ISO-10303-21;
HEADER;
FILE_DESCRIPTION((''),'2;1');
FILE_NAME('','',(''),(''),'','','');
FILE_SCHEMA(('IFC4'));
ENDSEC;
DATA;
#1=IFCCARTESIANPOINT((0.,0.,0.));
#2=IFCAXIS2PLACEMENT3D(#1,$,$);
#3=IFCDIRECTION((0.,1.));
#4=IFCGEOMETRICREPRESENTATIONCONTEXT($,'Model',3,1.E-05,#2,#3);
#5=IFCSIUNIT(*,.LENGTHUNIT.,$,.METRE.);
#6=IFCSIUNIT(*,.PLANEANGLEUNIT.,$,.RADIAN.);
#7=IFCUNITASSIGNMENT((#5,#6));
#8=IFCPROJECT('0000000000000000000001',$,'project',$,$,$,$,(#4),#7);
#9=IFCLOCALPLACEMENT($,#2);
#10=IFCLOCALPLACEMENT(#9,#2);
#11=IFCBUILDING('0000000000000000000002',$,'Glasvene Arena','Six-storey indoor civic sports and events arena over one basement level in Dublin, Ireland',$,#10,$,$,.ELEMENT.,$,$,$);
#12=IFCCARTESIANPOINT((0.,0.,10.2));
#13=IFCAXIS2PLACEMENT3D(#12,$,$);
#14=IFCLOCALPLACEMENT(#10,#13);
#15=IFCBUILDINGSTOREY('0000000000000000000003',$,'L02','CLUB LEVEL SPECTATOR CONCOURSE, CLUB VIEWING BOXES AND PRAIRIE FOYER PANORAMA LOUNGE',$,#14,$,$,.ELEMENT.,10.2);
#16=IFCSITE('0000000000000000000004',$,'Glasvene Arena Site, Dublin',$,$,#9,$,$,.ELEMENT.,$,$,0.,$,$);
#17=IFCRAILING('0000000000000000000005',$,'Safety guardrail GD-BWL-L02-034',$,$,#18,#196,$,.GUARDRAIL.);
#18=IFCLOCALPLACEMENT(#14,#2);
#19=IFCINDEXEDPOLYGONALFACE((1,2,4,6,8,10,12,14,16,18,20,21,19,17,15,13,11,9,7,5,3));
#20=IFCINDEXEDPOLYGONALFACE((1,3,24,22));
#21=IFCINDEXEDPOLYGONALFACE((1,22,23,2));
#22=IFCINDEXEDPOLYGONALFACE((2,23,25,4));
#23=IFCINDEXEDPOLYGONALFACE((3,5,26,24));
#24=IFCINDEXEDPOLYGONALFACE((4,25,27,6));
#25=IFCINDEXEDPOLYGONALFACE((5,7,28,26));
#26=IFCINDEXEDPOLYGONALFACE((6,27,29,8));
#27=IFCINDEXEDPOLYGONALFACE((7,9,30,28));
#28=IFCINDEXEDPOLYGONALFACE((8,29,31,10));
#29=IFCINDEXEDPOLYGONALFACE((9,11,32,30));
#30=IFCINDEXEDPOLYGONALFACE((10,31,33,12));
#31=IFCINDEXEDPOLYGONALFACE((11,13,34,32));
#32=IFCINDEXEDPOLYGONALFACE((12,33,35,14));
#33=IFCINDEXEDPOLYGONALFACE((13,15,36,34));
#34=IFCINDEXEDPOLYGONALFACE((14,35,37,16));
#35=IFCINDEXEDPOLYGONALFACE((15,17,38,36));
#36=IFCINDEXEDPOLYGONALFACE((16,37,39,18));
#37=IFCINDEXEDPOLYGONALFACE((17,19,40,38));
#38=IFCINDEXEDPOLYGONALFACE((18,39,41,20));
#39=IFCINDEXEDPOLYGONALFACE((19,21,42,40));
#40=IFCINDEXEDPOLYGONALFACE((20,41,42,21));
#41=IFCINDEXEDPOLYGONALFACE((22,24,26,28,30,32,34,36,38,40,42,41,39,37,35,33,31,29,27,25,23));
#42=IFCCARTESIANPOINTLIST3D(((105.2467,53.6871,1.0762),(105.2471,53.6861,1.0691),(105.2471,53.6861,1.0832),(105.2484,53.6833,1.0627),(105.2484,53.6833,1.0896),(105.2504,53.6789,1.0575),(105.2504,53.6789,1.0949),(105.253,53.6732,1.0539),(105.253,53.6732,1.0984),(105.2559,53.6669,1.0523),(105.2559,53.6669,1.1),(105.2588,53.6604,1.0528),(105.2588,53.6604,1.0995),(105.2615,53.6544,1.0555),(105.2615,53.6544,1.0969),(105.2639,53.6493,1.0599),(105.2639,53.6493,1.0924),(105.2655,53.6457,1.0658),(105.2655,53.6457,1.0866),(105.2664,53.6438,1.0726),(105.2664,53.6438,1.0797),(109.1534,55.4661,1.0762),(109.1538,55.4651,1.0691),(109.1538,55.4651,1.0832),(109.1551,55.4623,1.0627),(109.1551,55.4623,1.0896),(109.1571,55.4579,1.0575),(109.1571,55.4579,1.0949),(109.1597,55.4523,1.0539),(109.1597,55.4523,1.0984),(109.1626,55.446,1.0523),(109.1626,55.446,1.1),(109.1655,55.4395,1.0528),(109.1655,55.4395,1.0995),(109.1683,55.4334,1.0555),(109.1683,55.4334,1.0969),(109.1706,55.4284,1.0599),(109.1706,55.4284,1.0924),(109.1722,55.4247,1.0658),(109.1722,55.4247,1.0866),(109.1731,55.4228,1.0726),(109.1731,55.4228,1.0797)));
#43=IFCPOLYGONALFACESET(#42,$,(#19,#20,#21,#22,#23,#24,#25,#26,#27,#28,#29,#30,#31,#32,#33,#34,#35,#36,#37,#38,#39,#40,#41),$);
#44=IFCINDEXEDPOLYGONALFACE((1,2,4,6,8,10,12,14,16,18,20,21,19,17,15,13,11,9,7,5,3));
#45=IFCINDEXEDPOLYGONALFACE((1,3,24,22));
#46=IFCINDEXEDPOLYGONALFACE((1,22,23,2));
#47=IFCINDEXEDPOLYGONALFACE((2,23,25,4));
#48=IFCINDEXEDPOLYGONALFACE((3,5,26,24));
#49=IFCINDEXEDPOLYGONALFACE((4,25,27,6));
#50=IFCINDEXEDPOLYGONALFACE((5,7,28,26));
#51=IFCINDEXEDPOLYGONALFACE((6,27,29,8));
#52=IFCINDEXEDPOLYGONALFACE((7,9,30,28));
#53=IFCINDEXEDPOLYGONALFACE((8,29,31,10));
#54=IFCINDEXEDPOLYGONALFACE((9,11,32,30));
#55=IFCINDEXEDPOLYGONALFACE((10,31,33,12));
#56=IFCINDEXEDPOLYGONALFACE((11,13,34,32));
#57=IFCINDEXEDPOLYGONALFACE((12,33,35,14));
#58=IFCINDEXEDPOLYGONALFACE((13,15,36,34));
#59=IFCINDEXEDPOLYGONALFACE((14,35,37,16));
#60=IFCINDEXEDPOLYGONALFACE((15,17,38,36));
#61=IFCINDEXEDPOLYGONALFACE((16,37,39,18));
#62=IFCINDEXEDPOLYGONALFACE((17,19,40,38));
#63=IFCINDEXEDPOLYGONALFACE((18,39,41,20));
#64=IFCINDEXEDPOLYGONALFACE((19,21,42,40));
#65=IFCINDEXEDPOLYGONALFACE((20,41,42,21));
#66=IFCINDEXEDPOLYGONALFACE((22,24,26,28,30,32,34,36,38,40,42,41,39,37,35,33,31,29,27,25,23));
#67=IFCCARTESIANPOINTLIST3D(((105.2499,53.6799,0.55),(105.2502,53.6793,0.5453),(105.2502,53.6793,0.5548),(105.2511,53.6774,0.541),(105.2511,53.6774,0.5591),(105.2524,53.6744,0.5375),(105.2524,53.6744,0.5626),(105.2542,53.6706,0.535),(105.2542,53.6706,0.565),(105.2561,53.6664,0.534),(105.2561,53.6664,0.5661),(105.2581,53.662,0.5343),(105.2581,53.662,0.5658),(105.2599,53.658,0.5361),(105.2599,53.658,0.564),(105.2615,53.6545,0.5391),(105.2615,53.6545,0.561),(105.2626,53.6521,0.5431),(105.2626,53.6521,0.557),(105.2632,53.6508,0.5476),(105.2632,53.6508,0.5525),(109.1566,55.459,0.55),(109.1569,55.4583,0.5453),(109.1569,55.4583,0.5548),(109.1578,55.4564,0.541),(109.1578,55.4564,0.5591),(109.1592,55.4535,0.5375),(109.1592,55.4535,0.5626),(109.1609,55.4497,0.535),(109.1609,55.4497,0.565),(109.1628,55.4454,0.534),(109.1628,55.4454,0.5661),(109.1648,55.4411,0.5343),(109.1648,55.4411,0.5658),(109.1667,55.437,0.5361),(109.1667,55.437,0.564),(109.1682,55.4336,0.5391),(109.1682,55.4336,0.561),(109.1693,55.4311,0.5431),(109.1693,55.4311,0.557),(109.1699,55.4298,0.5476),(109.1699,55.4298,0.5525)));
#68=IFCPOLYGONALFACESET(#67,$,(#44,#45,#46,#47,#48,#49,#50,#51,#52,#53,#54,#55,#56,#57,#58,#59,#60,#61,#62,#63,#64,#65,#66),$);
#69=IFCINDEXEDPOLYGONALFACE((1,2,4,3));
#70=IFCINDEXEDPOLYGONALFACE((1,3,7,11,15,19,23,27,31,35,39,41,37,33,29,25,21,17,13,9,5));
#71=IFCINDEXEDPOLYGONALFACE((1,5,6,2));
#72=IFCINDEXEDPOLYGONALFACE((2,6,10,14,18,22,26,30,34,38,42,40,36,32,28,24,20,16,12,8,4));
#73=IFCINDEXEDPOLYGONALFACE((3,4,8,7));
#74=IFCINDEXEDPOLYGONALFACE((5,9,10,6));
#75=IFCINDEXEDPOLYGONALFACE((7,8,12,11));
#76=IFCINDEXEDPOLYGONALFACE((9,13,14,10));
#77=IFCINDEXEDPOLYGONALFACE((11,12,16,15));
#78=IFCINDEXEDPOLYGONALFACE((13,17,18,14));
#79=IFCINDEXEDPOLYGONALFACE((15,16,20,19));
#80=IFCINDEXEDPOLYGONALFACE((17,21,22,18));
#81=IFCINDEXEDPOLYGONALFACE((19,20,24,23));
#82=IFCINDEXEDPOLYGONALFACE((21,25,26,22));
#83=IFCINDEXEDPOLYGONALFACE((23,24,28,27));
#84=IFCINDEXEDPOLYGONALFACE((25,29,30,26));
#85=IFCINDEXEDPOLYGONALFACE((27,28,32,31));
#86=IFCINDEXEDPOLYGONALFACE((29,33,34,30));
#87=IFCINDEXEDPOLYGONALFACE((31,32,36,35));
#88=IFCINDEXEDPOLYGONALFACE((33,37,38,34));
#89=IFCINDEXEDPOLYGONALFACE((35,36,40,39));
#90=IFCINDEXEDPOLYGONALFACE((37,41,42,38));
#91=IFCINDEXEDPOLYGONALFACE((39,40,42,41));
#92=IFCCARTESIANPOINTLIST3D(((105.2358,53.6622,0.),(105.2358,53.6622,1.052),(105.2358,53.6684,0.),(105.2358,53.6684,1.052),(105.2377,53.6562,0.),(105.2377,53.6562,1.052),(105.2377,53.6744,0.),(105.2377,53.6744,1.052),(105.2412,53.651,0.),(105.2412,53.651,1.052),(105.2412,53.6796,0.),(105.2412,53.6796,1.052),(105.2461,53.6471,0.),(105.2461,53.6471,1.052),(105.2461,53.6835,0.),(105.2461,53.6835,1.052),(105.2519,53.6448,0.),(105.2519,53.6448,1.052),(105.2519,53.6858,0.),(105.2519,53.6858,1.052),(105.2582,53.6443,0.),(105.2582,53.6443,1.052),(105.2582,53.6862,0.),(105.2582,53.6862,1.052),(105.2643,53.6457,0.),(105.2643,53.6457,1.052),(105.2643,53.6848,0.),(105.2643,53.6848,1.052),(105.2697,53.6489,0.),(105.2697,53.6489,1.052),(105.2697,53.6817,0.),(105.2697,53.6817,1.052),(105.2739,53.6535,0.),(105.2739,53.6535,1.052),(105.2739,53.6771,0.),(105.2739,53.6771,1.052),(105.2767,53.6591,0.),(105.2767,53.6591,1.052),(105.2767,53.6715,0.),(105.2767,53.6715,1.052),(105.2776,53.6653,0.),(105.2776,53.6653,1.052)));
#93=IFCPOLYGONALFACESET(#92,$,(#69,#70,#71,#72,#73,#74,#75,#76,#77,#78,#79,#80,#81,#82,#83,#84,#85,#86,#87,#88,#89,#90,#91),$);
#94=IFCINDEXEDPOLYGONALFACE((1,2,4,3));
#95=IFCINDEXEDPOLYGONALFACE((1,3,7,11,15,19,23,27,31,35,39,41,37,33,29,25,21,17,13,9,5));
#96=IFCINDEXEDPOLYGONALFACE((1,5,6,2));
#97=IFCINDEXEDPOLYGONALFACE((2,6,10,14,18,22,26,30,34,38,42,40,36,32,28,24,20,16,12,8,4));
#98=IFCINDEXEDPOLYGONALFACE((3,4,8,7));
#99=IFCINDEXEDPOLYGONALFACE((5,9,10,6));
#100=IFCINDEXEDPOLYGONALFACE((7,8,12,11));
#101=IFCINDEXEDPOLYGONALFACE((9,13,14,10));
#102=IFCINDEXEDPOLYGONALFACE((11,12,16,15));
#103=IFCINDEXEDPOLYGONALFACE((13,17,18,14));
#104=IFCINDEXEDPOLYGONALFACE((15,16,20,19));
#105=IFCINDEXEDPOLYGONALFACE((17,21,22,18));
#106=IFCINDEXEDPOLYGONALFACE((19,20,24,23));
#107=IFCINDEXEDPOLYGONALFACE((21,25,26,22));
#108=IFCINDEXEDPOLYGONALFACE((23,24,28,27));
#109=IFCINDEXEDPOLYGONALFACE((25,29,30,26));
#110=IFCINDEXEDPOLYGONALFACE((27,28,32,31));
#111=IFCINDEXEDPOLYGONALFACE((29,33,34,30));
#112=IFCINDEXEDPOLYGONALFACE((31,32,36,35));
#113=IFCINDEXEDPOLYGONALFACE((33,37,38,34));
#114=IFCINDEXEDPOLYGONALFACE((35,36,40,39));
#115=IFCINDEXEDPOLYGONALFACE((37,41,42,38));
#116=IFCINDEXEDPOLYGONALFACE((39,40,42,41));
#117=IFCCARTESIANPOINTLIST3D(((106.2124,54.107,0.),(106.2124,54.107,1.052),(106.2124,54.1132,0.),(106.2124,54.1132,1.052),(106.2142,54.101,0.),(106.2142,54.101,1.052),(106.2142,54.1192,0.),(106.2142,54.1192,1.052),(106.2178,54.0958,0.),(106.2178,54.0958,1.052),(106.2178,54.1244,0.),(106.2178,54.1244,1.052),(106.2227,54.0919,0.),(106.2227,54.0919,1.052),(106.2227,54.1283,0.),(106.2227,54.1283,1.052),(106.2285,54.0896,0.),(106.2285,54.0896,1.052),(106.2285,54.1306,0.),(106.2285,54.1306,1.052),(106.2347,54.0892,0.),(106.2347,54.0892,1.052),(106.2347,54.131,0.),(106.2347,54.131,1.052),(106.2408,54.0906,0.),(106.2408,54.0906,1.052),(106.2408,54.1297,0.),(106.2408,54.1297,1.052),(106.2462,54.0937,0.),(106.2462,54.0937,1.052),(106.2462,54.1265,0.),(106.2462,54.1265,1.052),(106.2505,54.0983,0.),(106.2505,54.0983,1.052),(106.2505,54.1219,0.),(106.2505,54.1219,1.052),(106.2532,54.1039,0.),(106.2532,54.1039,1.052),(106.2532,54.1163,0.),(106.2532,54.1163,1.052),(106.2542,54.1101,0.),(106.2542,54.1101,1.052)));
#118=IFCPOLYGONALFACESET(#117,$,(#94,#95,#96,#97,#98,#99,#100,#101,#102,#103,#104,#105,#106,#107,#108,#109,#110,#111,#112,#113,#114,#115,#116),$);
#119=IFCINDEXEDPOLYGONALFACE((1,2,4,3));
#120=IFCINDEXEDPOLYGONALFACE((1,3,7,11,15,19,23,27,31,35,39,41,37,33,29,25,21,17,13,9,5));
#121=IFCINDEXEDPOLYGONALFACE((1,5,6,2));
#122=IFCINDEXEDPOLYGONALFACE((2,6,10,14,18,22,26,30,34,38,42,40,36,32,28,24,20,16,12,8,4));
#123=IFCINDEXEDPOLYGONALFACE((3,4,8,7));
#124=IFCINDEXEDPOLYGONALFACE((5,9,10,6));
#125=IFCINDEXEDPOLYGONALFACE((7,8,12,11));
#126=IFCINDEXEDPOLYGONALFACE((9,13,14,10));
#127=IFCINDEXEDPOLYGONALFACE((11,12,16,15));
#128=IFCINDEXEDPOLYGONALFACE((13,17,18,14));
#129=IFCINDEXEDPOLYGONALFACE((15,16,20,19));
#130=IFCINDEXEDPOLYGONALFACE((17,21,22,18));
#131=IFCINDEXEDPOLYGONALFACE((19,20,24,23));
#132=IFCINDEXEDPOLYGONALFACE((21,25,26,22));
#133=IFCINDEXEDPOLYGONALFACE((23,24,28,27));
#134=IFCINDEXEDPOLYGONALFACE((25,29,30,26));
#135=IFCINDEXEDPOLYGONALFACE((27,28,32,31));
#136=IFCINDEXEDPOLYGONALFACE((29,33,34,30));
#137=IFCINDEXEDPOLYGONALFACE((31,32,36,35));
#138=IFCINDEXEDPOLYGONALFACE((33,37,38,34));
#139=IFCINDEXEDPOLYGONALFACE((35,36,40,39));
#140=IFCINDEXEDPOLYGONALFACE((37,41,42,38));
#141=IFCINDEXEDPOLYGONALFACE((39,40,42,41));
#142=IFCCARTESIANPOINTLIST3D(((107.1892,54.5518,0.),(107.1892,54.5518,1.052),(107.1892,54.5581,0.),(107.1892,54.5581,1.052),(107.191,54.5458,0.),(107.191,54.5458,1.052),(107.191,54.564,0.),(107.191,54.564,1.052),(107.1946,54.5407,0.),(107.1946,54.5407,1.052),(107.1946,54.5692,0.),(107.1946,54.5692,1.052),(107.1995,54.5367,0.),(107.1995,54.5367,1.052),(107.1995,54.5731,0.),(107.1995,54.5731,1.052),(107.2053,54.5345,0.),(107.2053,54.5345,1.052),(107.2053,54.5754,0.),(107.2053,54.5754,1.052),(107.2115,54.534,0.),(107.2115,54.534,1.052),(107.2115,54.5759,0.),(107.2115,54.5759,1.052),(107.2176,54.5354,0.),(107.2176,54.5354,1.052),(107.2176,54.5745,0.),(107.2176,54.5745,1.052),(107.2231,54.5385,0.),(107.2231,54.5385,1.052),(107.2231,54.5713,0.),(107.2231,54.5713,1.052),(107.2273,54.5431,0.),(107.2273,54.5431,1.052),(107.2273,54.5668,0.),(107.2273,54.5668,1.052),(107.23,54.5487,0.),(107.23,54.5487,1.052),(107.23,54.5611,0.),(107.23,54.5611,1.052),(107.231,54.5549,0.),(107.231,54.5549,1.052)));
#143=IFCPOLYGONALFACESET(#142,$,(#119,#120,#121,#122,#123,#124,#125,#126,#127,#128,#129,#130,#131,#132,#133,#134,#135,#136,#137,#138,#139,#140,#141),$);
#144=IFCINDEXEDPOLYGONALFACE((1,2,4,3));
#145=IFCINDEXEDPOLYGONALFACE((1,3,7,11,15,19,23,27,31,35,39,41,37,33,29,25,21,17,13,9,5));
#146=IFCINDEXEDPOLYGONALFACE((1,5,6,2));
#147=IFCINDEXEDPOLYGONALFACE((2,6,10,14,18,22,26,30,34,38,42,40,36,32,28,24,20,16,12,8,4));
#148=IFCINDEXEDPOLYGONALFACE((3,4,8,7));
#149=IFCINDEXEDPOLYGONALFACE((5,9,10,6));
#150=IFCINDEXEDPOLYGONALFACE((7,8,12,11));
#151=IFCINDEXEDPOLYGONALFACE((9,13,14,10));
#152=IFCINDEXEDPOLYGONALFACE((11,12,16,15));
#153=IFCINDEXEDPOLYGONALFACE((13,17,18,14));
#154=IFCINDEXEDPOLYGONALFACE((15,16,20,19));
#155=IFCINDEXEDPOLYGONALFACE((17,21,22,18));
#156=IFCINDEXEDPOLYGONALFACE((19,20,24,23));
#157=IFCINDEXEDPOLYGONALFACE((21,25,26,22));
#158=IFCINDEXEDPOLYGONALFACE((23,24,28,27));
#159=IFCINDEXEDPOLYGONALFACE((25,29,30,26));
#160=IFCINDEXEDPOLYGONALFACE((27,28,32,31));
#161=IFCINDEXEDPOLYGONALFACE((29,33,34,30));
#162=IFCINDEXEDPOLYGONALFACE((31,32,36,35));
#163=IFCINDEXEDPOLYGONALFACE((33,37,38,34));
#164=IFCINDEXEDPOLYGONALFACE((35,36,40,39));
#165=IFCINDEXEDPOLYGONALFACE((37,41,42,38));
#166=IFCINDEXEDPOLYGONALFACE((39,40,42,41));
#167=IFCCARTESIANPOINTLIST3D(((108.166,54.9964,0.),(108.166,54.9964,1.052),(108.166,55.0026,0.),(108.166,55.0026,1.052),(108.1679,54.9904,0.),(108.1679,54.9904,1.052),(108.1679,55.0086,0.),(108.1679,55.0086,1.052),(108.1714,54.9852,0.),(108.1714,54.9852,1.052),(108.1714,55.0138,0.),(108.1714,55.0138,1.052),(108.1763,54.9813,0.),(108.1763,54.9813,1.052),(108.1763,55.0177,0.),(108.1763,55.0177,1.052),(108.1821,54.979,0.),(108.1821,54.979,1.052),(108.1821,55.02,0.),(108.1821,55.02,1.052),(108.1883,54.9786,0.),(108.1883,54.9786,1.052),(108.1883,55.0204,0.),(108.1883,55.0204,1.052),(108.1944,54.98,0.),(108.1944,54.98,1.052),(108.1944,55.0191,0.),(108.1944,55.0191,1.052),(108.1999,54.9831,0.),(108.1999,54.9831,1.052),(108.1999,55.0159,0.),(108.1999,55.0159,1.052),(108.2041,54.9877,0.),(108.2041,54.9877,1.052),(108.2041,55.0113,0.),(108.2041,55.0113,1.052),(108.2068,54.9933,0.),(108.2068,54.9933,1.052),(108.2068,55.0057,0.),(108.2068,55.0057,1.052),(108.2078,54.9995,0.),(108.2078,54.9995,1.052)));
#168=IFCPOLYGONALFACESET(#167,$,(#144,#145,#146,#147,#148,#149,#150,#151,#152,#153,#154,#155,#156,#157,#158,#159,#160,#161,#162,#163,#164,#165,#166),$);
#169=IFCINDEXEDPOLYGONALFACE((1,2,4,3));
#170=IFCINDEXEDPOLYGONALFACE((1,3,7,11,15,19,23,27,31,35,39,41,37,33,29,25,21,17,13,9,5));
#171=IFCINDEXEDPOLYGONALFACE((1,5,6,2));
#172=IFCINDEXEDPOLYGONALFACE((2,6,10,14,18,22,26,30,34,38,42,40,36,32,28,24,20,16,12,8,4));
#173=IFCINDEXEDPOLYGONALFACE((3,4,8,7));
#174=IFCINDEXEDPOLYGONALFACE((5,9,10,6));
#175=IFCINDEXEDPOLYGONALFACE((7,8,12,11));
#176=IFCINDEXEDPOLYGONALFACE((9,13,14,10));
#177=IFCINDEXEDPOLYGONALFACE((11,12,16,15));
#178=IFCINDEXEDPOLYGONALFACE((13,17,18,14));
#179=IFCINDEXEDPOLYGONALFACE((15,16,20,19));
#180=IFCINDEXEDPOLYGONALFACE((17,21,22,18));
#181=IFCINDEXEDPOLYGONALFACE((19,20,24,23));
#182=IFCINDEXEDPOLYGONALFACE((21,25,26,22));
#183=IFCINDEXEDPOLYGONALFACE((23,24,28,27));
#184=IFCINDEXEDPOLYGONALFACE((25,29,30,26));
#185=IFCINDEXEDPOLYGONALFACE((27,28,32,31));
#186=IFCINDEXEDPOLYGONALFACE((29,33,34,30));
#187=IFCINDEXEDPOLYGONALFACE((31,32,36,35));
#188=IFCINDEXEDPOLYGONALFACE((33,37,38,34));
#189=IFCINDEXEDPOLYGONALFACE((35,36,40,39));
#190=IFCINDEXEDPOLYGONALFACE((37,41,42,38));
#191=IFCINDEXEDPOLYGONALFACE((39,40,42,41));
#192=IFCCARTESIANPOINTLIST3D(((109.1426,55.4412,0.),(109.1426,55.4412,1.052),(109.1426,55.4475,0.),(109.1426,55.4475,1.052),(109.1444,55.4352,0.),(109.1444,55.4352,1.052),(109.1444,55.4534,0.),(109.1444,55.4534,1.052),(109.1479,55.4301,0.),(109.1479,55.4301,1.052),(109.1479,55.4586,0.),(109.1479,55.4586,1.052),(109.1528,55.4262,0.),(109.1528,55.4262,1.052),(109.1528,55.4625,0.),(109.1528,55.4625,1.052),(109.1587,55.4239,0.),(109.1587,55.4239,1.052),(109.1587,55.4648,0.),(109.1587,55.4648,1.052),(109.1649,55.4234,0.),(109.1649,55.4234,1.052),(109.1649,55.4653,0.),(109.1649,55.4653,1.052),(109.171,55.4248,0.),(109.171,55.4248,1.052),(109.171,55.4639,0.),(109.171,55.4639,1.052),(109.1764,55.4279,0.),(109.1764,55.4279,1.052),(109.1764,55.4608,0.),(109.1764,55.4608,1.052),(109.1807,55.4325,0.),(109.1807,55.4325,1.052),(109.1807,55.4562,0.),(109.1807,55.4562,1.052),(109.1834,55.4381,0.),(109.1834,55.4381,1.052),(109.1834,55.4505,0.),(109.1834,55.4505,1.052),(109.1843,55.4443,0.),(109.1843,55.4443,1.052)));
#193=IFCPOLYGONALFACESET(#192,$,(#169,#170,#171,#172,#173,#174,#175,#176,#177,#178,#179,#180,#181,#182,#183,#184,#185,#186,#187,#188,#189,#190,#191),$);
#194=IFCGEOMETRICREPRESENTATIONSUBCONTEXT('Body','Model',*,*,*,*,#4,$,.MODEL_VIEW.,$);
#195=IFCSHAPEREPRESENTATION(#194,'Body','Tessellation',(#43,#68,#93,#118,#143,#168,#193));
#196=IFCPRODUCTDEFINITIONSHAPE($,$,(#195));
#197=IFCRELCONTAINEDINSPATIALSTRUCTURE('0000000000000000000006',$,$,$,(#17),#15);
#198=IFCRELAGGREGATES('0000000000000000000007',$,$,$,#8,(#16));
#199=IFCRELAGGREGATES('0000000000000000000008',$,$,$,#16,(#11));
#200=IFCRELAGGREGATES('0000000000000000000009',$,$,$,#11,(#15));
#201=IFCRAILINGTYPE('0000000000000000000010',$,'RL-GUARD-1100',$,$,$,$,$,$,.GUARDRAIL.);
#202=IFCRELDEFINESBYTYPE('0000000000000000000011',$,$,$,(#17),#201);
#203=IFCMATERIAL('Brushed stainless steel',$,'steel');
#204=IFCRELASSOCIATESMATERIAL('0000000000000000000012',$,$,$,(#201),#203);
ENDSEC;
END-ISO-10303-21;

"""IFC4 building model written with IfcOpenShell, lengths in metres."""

from ifc_helpers import new_model, si_unit, direction, frame, origin, origin_2d, place, context, subcontext, project, spatial, circle, extrude, material, type_object, element, save


model = new_model("IFC4")

# Units and contexts
model_context = context("Model", 3, precision=1e-05, world=origin(), true_north=direction((0.0, 1.0)))
body_context = subcontext(model_context, "Body", "Model", "MODEL_VIEW")
ifc_project = project(units=[si_unit("LENGTHUNIT", "METRE"), si_unit("PLANEANGLEUNIT", "RADIAN")], contexts=[model_context])

# Site, building, storey
site_placement = place(None, origin())
site = spatial("IfcSite", under=ifc_project, at=site_placement, Name="Glasvene Arena Site, Dublin", CompositionType="ELEMENT", RefElevation=0.0)
building_placement = place(site_placement, origin())
building = spatial("IfcBuilding", under=site, at=building_placement, Name="Glasvene Arena", Description="Six-storey indoor civic sports and events arena over one basement level in Dublin, Ireland", CompositionType="ELEMENT")
storey_placement = place(building_placement, frame((0.0, 0.0, 10.2)))
storey = spatial("IfcBuildingStorey", under=building, at=storey_placement, Name="L02", Description="CLUB LEVEL SPECTATOR CONCOURSE, CLUB VIEWING BOXES AND PRAIRIE FOYER PANORAMA LOUNGE", CompositionType="ELEMENT", Elevation=10.2)

# Railing
ifc_material_1 = material(Name="Brushed stainless steel", Category="steel")
railing_type = type_object("IfcRailingType", Name="RL-GUARD-1100", PredefinedType="GUARDRAIL", material=ifc_material_1)
railing_1_placement = place(storey_placement, frame((105.2566, 53.6653, 0.0)))
element("IfcRailing", 1, at=railing_1_placement, inside=storey, type_object=railing_type, Name="Safety guardrail GD-BWL-L02-034", PredefinedType="GUARDRAIL", context=body_context, shape_type="SweptSolid", body=[
    extrude(circle(Radius=0.0239, at=origin_2d()), frame((0.0, 0.0, 1.0762), z_axis=(0.91008, 0.414433, 0.0), x_axis=(-0.414433, 0.91008, 0.0)), (0.0, 0.0, 1.0), 4.2927),
    extrude(circle(Radius=0.0161, at=origin_2d()), frame((0.0, 0.0, 0.55), z_axis=(0.91008, 0.414433, 0.0), x_axis=(-0.414433, 0.91008, 0.0)), (0.0, 0.0, 1.0), 4.2927),
    extrude(circle(Radius=0.021, at=origin_2d()), origin(), (0.0, 0.0, 1.0), 1.052),
    extrude(circle(Radius=0.021, at=origin_2d()), frame((0.9766, 0.4448, 0.0)), (0.0, 0.0, 1.0), 1.052),
    extrude(circle(Radius=0.021, at=origin_2d()), frame((1.9534, 0.8896, 0.0)), (0.0, 0.0, 1.0), 1.052),
    extrude(circle(Radius=0.021, at=origin_2d()), frame((2.9302, 1.3342, 0.0)), (0.0, 0.0, 1.0), 1.052),
    extrude(circle(Radius=0.021, at=origin_2d()), frame((3.9067, 1.7791, 0.0)), (0.0, 0.0, 1.0), 1.052),
])

save(model, "model.ifc")
